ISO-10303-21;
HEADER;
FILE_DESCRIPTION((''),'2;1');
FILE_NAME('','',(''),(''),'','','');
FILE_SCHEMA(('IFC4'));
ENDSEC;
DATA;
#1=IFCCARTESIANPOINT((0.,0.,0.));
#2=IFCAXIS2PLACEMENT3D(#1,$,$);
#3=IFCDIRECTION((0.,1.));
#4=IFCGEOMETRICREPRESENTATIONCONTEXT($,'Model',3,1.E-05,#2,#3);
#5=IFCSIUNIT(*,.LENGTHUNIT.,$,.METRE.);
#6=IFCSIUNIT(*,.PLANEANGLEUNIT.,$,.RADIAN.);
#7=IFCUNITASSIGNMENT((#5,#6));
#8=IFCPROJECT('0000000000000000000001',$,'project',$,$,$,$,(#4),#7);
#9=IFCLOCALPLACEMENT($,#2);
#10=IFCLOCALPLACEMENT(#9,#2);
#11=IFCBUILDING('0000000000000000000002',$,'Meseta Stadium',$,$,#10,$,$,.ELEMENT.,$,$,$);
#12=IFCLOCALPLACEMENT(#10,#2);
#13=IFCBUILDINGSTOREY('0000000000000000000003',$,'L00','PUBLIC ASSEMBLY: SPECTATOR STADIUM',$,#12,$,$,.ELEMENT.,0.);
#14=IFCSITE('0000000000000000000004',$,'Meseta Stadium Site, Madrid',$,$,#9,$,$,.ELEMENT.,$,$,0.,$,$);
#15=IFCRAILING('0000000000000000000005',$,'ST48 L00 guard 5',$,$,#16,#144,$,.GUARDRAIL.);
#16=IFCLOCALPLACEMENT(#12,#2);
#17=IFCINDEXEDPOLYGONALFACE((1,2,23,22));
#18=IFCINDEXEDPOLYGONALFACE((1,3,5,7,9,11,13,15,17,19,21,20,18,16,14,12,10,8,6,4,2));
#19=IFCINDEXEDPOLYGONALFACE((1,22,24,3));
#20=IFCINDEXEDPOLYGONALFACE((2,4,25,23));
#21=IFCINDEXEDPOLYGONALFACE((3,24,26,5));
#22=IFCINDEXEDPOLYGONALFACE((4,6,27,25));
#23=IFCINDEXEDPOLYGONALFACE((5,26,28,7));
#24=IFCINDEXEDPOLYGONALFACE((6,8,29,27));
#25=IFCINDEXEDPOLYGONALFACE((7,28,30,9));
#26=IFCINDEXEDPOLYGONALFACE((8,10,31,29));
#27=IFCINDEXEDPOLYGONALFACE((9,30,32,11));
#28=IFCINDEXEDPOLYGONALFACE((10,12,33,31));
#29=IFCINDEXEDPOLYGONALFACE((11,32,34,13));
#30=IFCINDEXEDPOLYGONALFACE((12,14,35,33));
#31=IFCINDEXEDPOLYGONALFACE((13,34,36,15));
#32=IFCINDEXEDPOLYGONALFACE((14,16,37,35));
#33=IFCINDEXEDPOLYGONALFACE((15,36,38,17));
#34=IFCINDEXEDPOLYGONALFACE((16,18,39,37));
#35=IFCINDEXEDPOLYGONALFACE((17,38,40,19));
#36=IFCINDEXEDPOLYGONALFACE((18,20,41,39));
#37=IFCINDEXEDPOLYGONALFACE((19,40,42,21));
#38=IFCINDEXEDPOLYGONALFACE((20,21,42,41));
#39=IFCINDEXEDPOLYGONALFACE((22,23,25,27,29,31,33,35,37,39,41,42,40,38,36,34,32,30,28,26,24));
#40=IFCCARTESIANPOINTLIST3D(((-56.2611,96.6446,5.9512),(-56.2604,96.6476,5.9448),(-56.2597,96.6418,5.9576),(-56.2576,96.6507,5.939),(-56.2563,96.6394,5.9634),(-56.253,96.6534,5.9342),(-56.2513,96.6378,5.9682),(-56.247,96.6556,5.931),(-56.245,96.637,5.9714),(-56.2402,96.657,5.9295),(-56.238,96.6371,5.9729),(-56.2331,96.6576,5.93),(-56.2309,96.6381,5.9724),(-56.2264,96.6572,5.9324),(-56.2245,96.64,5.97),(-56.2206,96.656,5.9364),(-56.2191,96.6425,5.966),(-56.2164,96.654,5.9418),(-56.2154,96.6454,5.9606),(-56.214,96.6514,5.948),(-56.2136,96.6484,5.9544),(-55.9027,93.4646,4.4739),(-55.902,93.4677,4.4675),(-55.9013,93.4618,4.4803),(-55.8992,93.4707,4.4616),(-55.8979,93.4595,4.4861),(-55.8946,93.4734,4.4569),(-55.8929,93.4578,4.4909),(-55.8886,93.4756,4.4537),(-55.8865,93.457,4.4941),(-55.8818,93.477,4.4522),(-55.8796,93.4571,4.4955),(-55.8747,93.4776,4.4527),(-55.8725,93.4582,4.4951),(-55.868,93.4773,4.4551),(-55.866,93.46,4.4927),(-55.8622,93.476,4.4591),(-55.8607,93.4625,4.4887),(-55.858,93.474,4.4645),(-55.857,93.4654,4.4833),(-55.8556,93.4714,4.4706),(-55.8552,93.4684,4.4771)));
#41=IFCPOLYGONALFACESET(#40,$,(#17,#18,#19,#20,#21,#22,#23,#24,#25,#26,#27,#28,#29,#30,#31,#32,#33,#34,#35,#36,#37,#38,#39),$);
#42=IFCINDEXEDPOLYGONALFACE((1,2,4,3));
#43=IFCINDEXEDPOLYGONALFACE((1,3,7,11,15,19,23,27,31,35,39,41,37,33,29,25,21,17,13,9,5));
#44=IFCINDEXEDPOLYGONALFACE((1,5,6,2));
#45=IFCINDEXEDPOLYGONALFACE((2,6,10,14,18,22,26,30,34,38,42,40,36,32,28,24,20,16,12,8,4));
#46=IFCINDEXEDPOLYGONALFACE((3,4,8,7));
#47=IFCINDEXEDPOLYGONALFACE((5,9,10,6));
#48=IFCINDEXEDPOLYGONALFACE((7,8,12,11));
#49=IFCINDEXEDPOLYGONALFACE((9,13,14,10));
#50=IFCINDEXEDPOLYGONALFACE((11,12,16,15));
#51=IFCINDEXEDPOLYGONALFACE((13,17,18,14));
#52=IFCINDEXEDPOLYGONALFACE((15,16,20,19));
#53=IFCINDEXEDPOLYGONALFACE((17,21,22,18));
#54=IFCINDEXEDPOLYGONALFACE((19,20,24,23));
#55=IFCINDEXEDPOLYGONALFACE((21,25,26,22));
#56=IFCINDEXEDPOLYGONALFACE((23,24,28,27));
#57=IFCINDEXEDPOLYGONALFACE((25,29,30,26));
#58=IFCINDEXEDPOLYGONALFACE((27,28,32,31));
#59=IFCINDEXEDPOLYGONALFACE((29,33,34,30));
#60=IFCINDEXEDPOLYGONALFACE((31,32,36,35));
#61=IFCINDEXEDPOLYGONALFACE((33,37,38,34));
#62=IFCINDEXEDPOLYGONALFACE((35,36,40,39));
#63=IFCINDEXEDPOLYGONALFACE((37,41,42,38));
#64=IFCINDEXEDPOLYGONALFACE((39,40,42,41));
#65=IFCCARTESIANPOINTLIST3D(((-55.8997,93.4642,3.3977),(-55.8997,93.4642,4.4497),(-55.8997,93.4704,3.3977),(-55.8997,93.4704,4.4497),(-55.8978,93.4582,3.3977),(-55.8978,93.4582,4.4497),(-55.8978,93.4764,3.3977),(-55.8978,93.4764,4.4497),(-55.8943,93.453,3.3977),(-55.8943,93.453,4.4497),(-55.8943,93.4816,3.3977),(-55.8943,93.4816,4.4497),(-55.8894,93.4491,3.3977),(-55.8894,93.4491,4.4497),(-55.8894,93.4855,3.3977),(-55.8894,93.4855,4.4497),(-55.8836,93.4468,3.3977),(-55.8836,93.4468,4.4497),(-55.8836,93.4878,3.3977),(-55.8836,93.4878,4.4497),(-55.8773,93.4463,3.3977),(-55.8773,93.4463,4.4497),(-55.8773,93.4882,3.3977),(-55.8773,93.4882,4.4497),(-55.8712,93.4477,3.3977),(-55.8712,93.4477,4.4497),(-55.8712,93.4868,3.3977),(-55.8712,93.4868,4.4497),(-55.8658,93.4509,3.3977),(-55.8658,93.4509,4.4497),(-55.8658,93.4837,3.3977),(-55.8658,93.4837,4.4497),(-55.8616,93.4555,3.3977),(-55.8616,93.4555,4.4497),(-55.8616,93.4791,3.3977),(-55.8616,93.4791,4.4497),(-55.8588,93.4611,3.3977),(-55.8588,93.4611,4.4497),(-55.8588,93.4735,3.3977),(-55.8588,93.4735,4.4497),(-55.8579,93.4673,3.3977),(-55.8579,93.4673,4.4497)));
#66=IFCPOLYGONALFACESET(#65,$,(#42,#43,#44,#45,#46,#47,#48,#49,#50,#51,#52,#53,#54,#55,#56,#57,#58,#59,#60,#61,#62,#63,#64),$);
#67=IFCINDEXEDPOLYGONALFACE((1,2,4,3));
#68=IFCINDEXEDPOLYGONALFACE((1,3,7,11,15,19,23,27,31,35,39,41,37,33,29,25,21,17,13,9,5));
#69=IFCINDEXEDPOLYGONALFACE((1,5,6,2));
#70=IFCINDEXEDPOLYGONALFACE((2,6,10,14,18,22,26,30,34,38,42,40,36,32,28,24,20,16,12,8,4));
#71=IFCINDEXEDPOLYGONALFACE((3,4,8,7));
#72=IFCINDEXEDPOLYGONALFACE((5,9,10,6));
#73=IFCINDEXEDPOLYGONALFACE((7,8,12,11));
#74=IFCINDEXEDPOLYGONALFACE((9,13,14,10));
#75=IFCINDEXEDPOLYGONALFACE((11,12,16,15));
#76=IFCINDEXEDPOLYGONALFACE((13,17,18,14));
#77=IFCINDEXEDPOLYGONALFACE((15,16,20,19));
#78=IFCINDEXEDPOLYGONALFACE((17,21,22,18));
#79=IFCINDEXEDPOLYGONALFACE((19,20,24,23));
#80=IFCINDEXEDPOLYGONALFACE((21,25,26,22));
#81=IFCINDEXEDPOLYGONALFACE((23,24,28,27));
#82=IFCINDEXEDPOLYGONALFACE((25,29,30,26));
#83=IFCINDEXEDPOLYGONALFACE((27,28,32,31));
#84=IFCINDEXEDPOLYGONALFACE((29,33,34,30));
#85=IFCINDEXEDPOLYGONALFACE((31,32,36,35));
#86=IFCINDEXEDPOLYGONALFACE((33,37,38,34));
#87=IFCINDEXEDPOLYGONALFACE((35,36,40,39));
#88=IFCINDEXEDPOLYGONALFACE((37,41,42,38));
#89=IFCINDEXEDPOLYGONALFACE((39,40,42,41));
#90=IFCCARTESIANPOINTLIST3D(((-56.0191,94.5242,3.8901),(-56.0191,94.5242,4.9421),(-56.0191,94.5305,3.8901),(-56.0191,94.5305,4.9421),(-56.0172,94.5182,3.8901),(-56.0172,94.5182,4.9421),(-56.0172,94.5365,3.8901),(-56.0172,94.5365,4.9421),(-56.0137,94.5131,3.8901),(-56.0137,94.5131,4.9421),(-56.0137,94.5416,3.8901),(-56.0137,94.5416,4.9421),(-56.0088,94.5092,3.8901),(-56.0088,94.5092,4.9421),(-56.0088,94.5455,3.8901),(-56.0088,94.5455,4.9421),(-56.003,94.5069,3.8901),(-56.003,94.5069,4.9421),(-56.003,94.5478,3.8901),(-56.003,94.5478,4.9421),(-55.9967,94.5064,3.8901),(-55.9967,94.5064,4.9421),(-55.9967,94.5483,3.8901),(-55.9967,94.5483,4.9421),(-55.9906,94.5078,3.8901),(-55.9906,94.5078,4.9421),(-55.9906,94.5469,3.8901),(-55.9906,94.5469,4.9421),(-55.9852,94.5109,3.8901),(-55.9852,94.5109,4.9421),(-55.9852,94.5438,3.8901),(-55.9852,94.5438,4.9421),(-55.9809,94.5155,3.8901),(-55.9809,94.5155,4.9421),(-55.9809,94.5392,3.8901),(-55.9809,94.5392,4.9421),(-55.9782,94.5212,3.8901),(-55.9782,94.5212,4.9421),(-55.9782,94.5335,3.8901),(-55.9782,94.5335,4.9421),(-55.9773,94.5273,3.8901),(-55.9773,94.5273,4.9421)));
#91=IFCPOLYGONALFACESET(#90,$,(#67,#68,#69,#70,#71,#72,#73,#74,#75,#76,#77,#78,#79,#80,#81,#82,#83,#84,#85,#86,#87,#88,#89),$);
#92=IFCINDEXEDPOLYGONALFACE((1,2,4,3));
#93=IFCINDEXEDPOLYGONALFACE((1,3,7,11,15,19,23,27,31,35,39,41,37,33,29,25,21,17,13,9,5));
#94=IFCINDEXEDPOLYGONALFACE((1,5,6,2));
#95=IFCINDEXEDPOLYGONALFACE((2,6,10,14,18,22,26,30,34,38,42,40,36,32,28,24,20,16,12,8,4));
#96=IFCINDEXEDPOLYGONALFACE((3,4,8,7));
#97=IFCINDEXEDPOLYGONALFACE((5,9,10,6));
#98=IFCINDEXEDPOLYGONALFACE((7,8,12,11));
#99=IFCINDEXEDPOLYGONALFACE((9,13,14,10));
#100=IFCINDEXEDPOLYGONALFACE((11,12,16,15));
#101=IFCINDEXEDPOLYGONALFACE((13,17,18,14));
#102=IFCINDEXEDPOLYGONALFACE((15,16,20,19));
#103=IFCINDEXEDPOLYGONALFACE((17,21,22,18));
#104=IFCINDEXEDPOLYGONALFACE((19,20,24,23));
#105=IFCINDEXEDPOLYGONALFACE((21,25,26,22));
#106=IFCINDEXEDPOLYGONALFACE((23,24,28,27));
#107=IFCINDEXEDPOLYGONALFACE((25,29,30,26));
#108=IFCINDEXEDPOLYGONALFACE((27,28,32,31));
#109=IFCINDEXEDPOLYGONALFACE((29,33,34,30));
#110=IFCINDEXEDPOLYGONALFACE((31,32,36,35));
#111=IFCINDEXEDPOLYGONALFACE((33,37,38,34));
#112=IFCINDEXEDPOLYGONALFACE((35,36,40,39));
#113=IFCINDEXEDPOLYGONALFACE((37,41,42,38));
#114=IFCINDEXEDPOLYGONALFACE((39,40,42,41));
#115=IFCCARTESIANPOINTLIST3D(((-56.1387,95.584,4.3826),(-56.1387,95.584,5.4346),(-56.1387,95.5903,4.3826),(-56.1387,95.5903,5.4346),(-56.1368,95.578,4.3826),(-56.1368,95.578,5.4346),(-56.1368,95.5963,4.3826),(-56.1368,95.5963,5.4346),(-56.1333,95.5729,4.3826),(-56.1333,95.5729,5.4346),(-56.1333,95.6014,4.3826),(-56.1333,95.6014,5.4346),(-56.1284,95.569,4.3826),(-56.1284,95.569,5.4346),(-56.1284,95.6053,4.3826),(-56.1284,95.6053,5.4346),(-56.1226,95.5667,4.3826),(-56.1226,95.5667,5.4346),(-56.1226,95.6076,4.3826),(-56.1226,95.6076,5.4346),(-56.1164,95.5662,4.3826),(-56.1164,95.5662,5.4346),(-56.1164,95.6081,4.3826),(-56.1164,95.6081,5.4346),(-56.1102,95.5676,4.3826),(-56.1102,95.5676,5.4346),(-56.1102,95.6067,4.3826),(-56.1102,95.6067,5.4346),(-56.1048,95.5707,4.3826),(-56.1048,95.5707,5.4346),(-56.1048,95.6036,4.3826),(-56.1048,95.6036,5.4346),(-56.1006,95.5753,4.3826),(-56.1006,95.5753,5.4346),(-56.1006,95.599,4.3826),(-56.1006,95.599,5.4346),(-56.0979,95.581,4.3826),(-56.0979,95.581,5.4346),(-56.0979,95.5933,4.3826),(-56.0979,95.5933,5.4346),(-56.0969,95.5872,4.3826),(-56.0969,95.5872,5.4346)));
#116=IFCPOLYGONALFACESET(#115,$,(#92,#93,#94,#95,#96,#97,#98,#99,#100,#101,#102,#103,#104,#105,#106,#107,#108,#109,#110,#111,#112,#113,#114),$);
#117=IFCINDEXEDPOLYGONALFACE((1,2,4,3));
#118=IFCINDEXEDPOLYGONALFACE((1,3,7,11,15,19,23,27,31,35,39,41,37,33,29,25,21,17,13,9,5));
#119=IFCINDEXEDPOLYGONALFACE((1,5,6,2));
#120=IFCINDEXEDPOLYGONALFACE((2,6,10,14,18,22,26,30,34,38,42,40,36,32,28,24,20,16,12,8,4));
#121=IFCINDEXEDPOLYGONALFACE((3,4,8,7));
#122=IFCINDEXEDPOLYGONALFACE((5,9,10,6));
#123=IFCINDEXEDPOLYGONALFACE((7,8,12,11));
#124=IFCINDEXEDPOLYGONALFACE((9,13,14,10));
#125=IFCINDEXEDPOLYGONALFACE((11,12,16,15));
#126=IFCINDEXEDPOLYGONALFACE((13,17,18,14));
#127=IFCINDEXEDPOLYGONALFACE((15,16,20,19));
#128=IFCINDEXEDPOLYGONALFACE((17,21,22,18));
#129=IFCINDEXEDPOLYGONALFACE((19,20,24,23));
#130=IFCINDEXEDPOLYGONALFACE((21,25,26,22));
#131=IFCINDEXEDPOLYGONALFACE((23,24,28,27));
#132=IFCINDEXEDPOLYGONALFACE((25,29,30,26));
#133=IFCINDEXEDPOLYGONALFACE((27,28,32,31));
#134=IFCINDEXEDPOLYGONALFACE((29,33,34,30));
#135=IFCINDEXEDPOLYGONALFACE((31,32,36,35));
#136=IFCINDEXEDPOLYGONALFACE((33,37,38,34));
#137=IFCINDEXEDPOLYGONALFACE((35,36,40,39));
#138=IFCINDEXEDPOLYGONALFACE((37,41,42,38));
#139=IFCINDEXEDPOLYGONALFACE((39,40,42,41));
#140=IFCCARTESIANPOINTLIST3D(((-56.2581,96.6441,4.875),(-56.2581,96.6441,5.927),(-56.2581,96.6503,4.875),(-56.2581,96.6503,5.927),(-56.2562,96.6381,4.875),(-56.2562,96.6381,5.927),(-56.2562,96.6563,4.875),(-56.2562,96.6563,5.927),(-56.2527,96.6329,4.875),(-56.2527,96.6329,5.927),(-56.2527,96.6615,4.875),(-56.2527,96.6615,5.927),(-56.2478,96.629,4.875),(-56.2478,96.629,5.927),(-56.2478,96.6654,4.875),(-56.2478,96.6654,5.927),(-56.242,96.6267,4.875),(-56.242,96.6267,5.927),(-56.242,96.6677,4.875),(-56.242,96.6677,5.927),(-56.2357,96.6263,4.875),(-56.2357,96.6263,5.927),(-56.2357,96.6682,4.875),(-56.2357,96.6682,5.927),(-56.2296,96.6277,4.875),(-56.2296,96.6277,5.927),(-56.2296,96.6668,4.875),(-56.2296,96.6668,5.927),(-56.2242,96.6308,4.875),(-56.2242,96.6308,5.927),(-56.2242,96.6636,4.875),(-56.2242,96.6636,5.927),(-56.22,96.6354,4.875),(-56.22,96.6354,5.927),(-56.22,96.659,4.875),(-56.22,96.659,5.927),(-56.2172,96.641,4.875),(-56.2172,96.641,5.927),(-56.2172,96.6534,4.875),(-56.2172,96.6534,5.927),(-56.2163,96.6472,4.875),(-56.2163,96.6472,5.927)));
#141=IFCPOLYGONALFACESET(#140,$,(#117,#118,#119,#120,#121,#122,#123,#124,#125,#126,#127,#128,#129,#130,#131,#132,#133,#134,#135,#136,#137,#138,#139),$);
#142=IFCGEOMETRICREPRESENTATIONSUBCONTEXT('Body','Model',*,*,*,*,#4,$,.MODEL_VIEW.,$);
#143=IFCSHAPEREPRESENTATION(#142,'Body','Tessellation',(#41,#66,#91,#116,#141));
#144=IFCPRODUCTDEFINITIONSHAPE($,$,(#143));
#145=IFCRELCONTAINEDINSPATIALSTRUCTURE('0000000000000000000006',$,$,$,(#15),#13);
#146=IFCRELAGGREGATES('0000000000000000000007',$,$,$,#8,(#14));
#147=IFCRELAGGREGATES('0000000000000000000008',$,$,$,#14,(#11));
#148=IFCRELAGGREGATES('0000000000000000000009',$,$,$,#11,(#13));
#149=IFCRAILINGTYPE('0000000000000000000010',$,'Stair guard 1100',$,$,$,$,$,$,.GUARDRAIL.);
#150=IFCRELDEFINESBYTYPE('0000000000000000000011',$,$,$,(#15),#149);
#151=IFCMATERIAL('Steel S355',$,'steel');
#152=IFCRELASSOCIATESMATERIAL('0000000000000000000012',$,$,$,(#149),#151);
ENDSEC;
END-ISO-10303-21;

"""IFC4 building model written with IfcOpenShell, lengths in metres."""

from ifc_helpers import new_model, si_unit, direction, frame, origin, origin_2d, place, context, subcontext, project, spatial, circle, extrude, material, type_object, element, save


model = new_model("IFC4")

# Units and contexts
model_context = context("Model", 3, precision=1e-05, world=origin(), true_north=direction((0.0, 1.0)))
body_context = subcontext(model_context, "Body", "Model", "MODEL_VIEW")
ifc_project = project(units=[si_unit("LENGTHUNIT", "METRE"), si_unit("PLANEANGLEUNIT", "RADIAN")], contexts=[model_context])

# Site, building, storey
site_placement = place(None, origin())
site = spatial("IfcSite", under=ifc_project, at=site_placement, Name="Meseta Stadium Site, Madrid", CompositionType="ELEMENT", RefElevation=0.0)
building_placement = place(site_placement, origin())
building = spatial("IfcBuilding", under=site, at=building_placement, Name="Meseta Stadium", CompositionType="ELEMENT")
storey_placement = place(building_placement, origin())
storey = spatial("IfcBuildingStorey", under=building, at=storey_placement, Name="L00", Description="PUBLIC ASSEMBLY: SPECTATOR STADIUM", CompositionType="ELEMENT", Elevation=0.0)

# Railing
ifc_material_1 = material(Name="Steel S355", Category="steel")
railing_type_1 = type_object("IfcRailingType", Name="Stair guard 1100", PredefinedType="GUARDRAIL", material=ifc_material_1)
railing_1_placement = place(storey_placement, frame((-55.8789, 93.4673, 3.3977)))
element("IfcRailing", 1, at=railing_1_placement, inside=storey, type_object=railing_type_1, Name="ST48 L00 guard 5", PredefinedType="GUARDRAIL", context=body_context, shape_type="SweptSolid", body=[
    extrude(circle(Radius=0.0239, at=origin_2d()), frame((0.0, 0.0, 1.0762), z_axis=(-0.101685, 0.90221, 0.419138), x_axis=(-0.993709, -0.111997, 0.0)), (0.0, 0.0, 1.0), 3.5247),
    extrude(circle(Radius=0.021, at=origin_2d()), origin(), (0.0, 0.0, 1.0), 1.052),
    extrude(circle(Radius=0.021, at=origin_2d()), frame((-0.1194, 1.0601, 0.4924)), (0.0, 0.0, 1.0), 1.052),
    extrude(circle(Radius=0.021, at=origin_2d()), frame((-0.239, 2.1199, 0.9849)), (0.0, 0.0, 1.0), 1.052),
    extrude(circle(Radius=0.021, at=origin_2d()), frame((-0.3584, 3.1799, 1.4773)), (0.0, 0.0, 1.0), 1.052),
])

save(model, "model.ifc")
